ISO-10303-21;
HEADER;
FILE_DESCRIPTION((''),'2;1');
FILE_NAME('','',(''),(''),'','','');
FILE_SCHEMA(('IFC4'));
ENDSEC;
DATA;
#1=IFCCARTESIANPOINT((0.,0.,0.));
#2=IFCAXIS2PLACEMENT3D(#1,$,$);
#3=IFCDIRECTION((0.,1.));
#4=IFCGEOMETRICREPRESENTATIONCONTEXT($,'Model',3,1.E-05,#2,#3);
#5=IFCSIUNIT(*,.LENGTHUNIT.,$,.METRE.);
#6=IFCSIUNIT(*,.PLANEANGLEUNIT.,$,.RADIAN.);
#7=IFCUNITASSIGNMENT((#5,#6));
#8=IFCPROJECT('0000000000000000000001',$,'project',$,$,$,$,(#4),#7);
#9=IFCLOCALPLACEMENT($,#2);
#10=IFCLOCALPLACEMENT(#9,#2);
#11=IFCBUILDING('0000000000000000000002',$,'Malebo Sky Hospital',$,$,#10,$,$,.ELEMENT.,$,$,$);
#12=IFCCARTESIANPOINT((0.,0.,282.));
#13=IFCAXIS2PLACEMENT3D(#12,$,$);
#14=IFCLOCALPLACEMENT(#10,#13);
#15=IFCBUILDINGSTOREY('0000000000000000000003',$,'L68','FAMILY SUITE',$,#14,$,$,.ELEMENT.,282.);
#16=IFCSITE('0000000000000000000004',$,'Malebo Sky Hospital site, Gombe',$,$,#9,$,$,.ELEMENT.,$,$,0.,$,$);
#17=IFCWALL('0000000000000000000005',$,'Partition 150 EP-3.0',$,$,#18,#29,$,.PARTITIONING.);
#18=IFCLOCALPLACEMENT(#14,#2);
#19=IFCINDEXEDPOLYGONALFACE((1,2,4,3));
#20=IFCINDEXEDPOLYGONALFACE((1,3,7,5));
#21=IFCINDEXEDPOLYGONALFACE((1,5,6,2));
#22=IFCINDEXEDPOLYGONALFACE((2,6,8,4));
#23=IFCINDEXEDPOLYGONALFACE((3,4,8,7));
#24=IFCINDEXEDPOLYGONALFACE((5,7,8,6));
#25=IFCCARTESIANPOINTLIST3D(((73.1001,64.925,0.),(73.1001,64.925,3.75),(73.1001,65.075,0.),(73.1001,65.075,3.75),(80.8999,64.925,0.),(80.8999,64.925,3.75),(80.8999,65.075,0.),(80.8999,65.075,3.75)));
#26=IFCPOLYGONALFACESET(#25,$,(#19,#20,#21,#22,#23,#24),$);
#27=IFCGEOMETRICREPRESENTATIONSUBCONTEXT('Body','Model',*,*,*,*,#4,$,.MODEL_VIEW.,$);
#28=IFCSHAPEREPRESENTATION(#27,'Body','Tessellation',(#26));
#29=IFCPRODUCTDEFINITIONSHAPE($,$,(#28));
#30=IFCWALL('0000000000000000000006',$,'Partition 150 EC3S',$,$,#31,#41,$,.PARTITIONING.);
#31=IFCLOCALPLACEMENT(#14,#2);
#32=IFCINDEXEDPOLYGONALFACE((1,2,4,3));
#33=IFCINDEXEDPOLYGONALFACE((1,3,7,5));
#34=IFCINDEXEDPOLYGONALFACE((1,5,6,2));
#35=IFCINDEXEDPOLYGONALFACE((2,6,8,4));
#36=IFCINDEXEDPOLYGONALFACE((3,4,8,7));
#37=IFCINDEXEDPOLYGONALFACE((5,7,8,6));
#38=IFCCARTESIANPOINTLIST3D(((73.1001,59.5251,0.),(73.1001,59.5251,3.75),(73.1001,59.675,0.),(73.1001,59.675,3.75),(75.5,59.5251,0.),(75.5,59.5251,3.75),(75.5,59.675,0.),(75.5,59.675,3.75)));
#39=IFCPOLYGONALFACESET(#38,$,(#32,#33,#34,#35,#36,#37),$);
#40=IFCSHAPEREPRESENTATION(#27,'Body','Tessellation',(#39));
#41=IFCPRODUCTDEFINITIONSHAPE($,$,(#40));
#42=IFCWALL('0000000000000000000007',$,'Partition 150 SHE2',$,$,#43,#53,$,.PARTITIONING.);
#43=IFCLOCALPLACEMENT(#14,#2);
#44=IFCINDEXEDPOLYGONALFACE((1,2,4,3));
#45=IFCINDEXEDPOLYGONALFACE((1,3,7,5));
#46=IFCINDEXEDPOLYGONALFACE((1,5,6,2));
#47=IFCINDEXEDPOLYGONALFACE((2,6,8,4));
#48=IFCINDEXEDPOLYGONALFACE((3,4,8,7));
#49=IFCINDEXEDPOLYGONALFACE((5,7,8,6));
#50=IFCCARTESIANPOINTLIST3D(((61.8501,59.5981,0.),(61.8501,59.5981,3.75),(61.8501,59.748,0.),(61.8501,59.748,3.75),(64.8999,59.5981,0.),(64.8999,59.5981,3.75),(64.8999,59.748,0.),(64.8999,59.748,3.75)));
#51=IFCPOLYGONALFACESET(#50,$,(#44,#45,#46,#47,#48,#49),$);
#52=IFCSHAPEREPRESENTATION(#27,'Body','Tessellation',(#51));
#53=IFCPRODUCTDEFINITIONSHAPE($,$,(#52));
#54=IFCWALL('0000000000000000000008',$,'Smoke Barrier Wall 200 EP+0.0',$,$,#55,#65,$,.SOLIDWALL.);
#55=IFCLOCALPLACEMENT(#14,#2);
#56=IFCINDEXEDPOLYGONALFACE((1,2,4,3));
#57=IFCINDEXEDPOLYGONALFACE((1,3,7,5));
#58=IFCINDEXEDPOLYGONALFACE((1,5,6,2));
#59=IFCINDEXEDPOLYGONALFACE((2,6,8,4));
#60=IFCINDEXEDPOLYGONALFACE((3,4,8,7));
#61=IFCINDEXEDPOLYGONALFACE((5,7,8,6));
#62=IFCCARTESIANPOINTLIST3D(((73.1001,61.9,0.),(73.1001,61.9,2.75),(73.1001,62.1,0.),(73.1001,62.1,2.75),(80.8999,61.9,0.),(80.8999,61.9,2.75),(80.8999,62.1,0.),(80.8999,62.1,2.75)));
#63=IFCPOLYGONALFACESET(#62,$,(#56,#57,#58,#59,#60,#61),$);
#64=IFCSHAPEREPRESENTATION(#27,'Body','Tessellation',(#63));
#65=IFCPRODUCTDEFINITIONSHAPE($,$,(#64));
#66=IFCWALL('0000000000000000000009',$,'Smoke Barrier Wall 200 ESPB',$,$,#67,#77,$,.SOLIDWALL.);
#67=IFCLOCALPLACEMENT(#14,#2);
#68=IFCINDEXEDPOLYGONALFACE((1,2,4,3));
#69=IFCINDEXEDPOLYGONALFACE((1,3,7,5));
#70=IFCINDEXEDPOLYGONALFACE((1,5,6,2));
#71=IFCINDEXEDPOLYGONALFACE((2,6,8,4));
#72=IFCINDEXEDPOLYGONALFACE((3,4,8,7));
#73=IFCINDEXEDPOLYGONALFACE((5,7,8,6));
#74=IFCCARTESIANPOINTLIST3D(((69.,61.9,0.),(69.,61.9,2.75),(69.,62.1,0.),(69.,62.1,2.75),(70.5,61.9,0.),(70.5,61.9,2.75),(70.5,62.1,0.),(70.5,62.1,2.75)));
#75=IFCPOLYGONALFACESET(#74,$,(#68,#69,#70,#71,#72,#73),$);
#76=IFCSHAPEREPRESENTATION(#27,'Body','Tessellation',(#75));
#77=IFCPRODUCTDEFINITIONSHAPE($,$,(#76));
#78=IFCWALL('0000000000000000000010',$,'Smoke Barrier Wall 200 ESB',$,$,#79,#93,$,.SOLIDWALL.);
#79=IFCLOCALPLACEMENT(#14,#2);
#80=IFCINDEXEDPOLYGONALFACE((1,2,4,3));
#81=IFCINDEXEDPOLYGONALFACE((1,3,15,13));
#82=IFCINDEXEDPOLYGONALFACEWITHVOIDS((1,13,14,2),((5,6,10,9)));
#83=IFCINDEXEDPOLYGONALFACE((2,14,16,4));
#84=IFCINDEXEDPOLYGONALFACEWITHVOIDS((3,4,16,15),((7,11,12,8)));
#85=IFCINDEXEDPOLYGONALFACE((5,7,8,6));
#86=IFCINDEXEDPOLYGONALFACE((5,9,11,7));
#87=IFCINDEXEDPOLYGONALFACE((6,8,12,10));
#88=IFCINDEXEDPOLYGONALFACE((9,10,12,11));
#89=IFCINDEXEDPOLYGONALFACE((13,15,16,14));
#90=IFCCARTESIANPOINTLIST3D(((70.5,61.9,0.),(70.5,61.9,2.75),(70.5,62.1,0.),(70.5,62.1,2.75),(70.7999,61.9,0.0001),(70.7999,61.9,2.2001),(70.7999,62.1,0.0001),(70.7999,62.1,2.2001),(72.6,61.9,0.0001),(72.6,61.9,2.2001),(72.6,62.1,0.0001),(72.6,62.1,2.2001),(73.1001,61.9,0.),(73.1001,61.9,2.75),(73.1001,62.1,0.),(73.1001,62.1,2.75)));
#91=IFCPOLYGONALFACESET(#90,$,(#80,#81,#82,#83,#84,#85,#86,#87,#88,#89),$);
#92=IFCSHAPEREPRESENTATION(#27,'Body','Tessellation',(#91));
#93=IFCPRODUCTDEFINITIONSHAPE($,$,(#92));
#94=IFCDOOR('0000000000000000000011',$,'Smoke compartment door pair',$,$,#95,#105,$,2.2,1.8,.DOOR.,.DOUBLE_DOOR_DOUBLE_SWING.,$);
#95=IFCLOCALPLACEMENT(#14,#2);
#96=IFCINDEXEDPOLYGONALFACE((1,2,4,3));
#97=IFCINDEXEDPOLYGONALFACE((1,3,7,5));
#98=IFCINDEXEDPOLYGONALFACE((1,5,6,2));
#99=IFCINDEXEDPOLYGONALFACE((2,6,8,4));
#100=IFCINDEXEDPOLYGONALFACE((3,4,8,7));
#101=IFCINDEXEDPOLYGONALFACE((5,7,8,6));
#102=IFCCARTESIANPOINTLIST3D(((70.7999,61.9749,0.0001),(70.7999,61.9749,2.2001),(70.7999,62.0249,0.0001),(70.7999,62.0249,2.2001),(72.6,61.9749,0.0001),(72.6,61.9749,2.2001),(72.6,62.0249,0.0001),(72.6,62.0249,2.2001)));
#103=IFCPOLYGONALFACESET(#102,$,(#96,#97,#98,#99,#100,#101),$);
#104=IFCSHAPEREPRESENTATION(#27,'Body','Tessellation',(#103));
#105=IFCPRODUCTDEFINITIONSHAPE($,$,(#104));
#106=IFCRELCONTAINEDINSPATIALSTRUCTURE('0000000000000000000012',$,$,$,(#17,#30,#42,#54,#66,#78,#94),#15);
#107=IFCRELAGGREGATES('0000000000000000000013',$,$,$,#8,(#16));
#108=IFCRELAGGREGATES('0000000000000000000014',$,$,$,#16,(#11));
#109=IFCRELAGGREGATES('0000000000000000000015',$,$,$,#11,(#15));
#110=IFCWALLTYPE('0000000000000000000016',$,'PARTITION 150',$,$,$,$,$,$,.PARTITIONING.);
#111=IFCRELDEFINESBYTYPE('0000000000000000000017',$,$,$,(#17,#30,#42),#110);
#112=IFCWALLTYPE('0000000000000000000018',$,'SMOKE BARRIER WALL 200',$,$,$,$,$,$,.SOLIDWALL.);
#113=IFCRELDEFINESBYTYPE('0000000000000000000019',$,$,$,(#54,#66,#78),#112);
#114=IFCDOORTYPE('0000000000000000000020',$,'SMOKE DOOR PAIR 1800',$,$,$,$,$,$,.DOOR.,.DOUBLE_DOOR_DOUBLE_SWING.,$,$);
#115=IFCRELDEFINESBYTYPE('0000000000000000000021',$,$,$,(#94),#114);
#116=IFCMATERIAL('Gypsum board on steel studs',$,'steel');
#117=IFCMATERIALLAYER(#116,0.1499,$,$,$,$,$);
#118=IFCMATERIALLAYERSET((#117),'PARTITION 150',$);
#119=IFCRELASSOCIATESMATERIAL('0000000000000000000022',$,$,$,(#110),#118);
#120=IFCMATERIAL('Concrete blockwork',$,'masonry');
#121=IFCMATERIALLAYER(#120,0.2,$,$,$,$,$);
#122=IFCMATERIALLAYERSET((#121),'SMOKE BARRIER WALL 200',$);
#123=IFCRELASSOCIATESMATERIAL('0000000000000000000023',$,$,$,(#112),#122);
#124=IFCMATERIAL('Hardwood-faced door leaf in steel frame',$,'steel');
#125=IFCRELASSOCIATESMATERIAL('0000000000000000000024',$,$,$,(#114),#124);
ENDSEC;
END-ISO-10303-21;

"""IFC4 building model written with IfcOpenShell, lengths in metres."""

from ifc_helpers import new_model, si_unit, direction, frame, frame_2d, origin, place, context, subcontext, project, spatial, rectangle, extrude, material, layer, layer_set, type_object, element, fill, save


model = new_model("IFC4")

# Units and contexts
model_context = context("Model", 3, precision=1e-05, world=origin(), true_north=direction((0.0, 1.0)))
body_context = subcontext(model_context, "Body", "Model", "MODEL_VIEW")
ifc_project = project(units=[si_unit("LENGTHUNIT", "METRE"), si_unit("PLANEANGLEUNIT", "RADIAN")], contexts=[model_context])

# Site, building, storey
site_placement = place(None, origin())
site = spatial("IfcSite", under=ifc_project, at=site_placement, Name="Malebo Sky Hospital site, Gombe", CompositionType="ELEMENT", RefElevation=0.0)
building_placement = place(site_placement, origin())
building = spatial("IfcBuilding", under=site, at=building_placement, Name="Malebo Sky Hospital", CompositionType="ELEMENT")
storey_placement = place(building_placement, frame((0.0, 0.0, 282.0)))
storey = spatial("IfcBuildingStorey", under=building, at=storey_placement, Name="L68", Description="FAMILY SUITE", CompositionType="ELEMENT", Elevation=282.0)

# Shared definitions
ifc_material_1 = material(Name="Hardwood-faced door leaf in steel frame", Category="steel")

# Walls
ifc_material_2 = material(Name="Gypsum board on steel studs", Category="steel")
ifc_layer_1 = layer(ifc_material_2, 0.1499)
ifc_layer_set_1 = layer_set([ifc_layer_1], Name="PARTITION 150")
wall_type_1 = type_object("IfcWallType", Name="PARTITION 150", PredefinedType="PARTITIONING", material=ifc_layer_set_1)
wall_1_placement = place(storey_placement, frame((73.1001, 65.0, 0.0), z_axis=(0.0, 0.0, 1.0), x_axis=(1.0, 0.0, 0.0)))
element("IfcWall", 1, at=wall_1_placement, inside=storey, type_object=wall_type_1, Name="Partition 150 EP-3.0", PredefinedType="PARTITIONING", context=body_context, shape_type="SweptSolid", body=[
    extrude(rectangle(XDim=7.7998, YDim=0.1499, at=frame_2d((3.8999, 0.0))), origin(), (0.0, 0.0, 1.0), 3.75),
])
wall_2_placement = place(storey_placement, frame((73.1001, 59.6001, 0.0), z_axis=(0.0, 0.0, 1.0), x_axis=(1.0, 0.0, 0.0)))
element("IfcWall", 2, at=wall_2_placement, inside=storey, type_object=wall_type_1, Name="Partition 150 EC3S", PredefinedType="PARTITIONING", context=body_context, shape_type="SweptSolid", body=[
    extrude(rectangle(XDim=2.3999, YDim=0.1499, at=frame_2d((1.2, 0.0))), origin(), (0.0, 0.0, 1.0), 3.75),
])
wall_3_placement = place(storey_placement, frame((61.8501, 59.6731, 0.0), z_axis=(0.0, 0.0, 1.0), x_axis=(1.0, 0.0, 0.0)))
element("IfcWall", 3, at=wall_3_placement, inside=storey, type_object=wall_type_1, Name="Partition 150 SHE2", PredefinedType="PARTITIONING", context=body_context, shape_type="SweptSolid", body=[
    extrude(rectangle(XDim=3.0498, YDim=0.1499, at=frame_2d((1.5249, 0.0))), origin(), (0.0, 0.0, 1.0), 3.75),
])
ifc_material_3 = material(Name="Concrete blockwork", Category="masonry")
ifc_layer_2 = layer(ifc_material_3, 0.2)
ifc_layer_set_2 = layer_set([ifc_layer_2], Name="SMOKE BARRIER WALL 200")
wall_type_2 = type_object("IfcWallType", Name="SMOKE BARRIER WALL 200", PredefinedType="SOLIDWALL", material=ifc_layer_set_2)
wall_4_placement = place(storey_placement, frame((73.1001, 62.0, 0.0), z_axis=(0.0, 0.0, 1.0), x_axis=(1.0, 0.0, 0.0)))
element("IfcWall", 4, at=wall_4_placement, inside=storey, type_object=wall_type_2, Name="Smoke Barrier Wall 200 EP+0.0", PredefinedType="SOLIDWALL", context=body_context, shape_type="SweptSolid", body=[
    extrude(rectangle(XDim=7.7998, YDim=0.2, at=frame_2d((3.8999, 0.0))), origin(), (0.0, 0.0, 1.0), 2.75),
])
wall_5_placement = place(storey_placement, frame((69.0, 62.0, 0.0), z_axis=(0.0, 0.0, 1.0), x_axis=(1.0, 0.0, 0.0)))
element("IfcWall", 5, at=wall_5_placement, inside=storey, type_object=wall_type_2, Name="Smoke Barrier Wall 200 ESPB", PredefinedType="SOLIDWALL", context=body_context, shape_type="SweptSolid", body=[
    extrude(rectangle(XDim=1.5, YDim=0.2, at=frame_2d((0.75, 0.0))), origin(), (0.0, 0.0, 1.0), 2.75),
])

# Wall, opening, door
wall_6_placement = place(storey_placement, frame((70.5, 62.0, 0.0), z_axis=(0.0, 0.0, 1.0), x_axis=(1.0, 0.0, 0.0)))
wall_6 = element("IfcWall", 6, at=wall_6_placement, inside=storey, type_object=wall_type_2, Name="Smoke Barrier Wall 200 ESB", PredefinedType="SOLIDWALL", context=body_context, shape_type="SweptSolid", body=[
    extrude(rectangle(XDim=2.6001, YDim=0.2, at=frame_2d((1.3, 0.0))), origin(), (0.0, 0.0, 1.0), 2.75),
])
opening_1_placement = place(wall_6_placement, frame((0.3, 0.0, 0.0)))
opening_1 = element("IfcOpeningElement", 7, at=opening_1_placement, cuts=wall_6, PredefinedType="OPENING", context=body_context, shape_type="SweptSolid", body=[
    extrude(rectangle(XDim=1.8, YDim=2.2, at=frame_2d((0.8999, 1.1001))), frame((0.0, 0.1099, 0.0), z_axis=(0.0, -1.0, 0.0), x_axis=(1.0, 0.0, 0.0)), (0.0, 0.0, 1.0), 0.22),
])
door_type_1 = type_object("IfcDoorType", Name="SMOKE DOOR PAIR 1800", OperationType="DOUBLE_DOOR_DOUBLE_SWING", PredefinedType="DOOR", material=ifc_material_1)
door_1_placement = place(opening_1_placement, origin())
door_1 = element("IfcDoor", 8, at=door_1_placement, inside=storey, type_object=door_type_1, Name="Smoke compartment door pair", OperationType="DOUBLE_DOOR_DOUBLE_SWING", OverallHeight=2.2, OverallWidth=1.8, PredefinedType="DOOR", context=body_context, shape_type="SweptSolid", body=[
    extrude(rectangle(XDim=1.8, YDim=2.2, at=frame_2d((0.8999, 1.1001))), frame((0.0, 0.0249, 0.0), z_axis=(0.0, -1.0, 0.0), x_axis=(1.0, 0.0, 0.0)), (0.0, 0.0, 1.0), 0.05),
])
fill(opening_1, door_1)

save(model, "model.ifc")
